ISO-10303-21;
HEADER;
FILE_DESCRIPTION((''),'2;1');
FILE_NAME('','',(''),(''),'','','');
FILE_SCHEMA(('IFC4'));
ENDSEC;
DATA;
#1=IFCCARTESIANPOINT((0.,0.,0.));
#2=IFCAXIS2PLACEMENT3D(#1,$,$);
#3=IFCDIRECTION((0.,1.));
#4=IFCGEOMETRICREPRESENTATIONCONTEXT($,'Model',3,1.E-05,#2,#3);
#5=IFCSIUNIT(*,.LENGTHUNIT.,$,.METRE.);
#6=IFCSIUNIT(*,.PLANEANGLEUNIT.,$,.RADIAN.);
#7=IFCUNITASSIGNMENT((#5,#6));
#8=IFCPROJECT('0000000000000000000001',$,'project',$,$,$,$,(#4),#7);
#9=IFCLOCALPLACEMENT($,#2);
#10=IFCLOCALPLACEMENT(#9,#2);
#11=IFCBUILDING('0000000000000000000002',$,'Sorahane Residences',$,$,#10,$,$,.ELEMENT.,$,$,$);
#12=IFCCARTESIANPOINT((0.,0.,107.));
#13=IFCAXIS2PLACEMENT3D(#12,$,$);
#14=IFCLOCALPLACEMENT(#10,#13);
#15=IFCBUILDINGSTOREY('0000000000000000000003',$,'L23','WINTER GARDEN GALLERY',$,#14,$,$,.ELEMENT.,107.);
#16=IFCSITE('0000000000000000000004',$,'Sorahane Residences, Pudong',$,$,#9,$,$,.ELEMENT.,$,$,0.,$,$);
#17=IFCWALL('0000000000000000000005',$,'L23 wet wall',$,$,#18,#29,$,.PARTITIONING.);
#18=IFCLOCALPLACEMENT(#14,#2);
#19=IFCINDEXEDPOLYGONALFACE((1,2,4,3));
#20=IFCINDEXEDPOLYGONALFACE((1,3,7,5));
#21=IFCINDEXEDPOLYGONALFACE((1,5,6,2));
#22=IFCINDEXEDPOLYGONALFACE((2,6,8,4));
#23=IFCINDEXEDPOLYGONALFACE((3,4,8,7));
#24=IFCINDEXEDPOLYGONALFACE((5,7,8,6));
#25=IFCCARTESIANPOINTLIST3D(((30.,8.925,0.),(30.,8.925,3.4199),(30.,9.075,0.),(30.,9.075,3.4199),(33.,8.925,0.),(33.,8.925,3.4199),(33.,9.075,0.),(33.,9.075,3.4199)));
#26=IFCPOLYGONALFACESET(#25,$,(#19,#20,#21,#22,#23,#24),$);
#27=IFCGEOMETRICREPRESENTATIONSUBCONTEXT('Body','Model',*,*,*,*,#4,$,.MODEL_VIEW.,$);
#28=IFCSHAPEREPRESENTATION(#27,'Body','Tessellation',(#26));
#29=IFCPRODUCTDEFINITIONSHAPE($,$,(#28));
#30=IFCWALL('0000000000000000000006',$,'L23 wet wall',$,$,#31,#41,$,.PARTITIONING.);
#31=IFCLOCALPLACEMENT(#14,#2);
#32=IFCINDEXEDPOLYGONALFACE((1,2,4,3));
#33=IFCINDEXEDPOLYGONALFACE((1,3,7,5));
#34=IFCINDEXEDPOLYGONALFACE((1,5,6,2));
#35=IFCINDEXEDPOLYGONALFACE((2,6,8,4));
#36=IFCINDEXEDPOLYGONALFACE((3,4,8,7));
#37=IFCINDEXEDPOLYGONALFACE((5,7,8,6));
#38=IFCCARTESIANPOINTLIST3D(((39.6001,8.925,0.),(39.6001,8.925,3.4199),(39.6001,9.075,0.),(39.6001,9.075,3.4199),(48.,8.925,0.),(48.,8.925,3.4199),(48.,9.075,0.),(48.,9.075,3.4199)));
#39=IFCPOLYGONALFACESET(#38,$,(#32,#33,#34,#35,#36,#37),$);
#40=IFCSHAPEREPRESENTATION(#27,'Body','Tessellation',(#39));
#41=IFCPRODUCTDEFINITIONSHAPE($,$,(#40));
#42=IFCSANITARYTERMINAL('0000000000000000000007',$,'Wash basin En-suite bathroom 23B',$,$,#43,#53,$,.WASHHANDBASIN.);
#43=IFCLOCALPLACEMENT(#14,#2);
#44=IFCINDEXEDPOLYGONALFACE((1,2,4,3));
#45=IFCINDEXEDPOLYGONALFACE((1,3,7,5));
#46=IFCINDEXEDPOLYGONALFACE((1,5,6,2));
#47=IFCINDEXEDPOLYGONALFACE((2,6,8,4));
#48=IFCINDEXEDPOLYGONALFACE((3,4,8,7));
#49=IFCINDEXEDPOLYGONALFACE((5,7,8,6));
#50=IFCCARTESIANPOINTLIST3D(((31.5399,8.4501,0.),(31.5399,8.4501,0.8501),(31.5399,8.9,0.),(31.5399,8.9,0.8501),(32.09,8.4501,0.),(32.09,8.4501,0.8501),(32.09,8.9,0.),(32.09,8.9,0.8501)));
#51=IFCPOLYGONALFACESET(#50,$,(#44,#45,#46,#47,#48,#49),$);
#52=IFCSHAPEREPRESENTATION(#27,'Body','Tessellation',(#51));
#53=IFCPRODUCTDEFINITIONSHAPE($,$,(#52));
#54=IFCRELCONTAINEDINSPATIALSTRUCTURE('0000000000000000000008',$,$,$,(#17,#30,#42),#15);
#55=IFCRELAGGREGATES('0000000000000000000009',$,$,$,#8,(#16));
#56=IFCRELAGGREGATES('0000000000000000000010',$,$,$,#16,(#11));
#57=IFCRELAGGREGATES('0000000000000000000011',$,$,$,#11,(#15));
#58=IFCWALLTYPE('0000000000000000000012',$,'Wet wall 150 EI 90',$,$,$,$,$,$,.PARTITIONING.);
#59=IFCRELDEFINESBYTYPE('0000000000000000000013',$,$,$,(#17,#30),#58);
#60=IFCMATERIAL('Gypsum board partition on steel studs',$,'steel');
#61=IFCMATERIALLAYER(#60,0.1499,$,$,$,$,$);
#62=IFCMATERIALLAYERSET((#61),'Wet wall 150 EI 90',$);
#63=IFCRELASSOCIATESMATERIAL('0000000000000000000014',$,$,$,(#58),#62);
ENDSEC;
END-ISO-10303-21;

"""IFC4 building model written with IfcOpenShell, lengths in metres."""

from ifc_helpers import new_model, si_unit, direction, frame, frame_2d, origin, origin_2d, place, context, subcontext, project, spatial, rectangle, extrude, material, layer, layer_set, type_object, element, save


model = new_model("IFC4")

# Units and contexts
model_context = context("Model", 3, precision=1e-05, world=origin(), true_north=direction((0.0, 1.0)))
body_context = subcontext(model_context, "Body", "Model", "MODEL_VIEW")
ifc_project = project(units=[si_unit("LENGTHUNIT", "METRE"), si_unit("PLANEANGLEUNIT", "RADIAN")], contexts=[model_context])

# Site, building, storey
site_placement = place(None, origin())
site = spatial("IfcSite", under=ifc_project, at=site_placement, Name="Sorahane Residences, Pudong", CompositionType="ELEMENT", RefElevation=0.0)
building_placement = place(site_placement, origin())
building = spatial("IfcBuilding", under=site, at=building_placement, Name="Sorahane Residences", CompositionType="ELEMENT")
storey_placement = place(building_placement, frame((0.0, 0.0, 107.0)))
storey = spatial("IfcBuildingStorey", under=building, at=storey_placement, Name="L23", Description="WINTER GARDEN GALLERY", CompositionType="ELEMENT", Elevation=107.0)

# Walls
ifc_material_1 = material(Name="Gypsum board partition on steel studs", Category="steel")
ifc_layer_1 = layer(ifc_material_1, 0.1499)
ifc_layer_set_1 = layer_set([ifc_layer_1], Name="Wet wall 150 EI 90")
wall_type_1 = type_object("IfcWallType", Name="Wet wall 150 EI 90", PredefinedType="PARTITIONING", material=ifc_layer_set_1)
wall_1_placement = place(storey_placement, frame((30.0, 9.0, 0.0), z_axis=(0.0, 0.0, 1.0), x_axis=(1.0, 0.0, 0.0)))
element("IfcWall", 1, at=wall_1_placement, inside=storey, type_object=wall_type_1, Name="L23 wet wall", PredefinedType="PARTITIONING", context=body_context, shape_type="SweptSolid", body=[
    extrude(rectangle(XDim=3.0, YDim=0.1499, at=frame_2d((1.5, 0.0))), origin(), (0.0, 0.0, 1.0), 3.4199),
])
wall_2_placement = place(storey_placement, frame((39.6001, 9.0, 0.0), z_axis=(0.0, 0.0, 1.0), x_axis=(1.0, 0.0, 0.0)))
element("IfcWall", 2, at=wall_2_placement, inside=storey, type_object=wall_type_1, Name="L23 wet wall", PredefinedType="PARTITIONING", context=body_context, shape_type="SweptSolid", body=[
    extrude(rectangle(XDim=8.3999, YDim=0.1499, at=frame_2d((4.2, 0.0))), origin(), (0.0, 0.0, 1.0), 3.4199),
])

# Sanitary terminal
sanitary_terminal_placement = place(storey_placement, frame((31.8149, 8.675, 0.0), z_axis=(0.0, 0.0, 1.0), x_axis=(1.0, 0.0, 0.0)))
element("IfcSanitaryTerminal", 3, at=sanitary_terminal_placement, inside=storey, Name="Wash basin En-suite bathroom 23B", PredefinedType="WASHHANDBASIN", context=body_context, shape_type="SweptSolid", body=[
    extrude(rectangle(XDim=0.55, YDim=0.45, at=origin_2d()), origin(), (0.0, 0.0, 1.0), 0.8501),
])

save(model, "model.ifc")
